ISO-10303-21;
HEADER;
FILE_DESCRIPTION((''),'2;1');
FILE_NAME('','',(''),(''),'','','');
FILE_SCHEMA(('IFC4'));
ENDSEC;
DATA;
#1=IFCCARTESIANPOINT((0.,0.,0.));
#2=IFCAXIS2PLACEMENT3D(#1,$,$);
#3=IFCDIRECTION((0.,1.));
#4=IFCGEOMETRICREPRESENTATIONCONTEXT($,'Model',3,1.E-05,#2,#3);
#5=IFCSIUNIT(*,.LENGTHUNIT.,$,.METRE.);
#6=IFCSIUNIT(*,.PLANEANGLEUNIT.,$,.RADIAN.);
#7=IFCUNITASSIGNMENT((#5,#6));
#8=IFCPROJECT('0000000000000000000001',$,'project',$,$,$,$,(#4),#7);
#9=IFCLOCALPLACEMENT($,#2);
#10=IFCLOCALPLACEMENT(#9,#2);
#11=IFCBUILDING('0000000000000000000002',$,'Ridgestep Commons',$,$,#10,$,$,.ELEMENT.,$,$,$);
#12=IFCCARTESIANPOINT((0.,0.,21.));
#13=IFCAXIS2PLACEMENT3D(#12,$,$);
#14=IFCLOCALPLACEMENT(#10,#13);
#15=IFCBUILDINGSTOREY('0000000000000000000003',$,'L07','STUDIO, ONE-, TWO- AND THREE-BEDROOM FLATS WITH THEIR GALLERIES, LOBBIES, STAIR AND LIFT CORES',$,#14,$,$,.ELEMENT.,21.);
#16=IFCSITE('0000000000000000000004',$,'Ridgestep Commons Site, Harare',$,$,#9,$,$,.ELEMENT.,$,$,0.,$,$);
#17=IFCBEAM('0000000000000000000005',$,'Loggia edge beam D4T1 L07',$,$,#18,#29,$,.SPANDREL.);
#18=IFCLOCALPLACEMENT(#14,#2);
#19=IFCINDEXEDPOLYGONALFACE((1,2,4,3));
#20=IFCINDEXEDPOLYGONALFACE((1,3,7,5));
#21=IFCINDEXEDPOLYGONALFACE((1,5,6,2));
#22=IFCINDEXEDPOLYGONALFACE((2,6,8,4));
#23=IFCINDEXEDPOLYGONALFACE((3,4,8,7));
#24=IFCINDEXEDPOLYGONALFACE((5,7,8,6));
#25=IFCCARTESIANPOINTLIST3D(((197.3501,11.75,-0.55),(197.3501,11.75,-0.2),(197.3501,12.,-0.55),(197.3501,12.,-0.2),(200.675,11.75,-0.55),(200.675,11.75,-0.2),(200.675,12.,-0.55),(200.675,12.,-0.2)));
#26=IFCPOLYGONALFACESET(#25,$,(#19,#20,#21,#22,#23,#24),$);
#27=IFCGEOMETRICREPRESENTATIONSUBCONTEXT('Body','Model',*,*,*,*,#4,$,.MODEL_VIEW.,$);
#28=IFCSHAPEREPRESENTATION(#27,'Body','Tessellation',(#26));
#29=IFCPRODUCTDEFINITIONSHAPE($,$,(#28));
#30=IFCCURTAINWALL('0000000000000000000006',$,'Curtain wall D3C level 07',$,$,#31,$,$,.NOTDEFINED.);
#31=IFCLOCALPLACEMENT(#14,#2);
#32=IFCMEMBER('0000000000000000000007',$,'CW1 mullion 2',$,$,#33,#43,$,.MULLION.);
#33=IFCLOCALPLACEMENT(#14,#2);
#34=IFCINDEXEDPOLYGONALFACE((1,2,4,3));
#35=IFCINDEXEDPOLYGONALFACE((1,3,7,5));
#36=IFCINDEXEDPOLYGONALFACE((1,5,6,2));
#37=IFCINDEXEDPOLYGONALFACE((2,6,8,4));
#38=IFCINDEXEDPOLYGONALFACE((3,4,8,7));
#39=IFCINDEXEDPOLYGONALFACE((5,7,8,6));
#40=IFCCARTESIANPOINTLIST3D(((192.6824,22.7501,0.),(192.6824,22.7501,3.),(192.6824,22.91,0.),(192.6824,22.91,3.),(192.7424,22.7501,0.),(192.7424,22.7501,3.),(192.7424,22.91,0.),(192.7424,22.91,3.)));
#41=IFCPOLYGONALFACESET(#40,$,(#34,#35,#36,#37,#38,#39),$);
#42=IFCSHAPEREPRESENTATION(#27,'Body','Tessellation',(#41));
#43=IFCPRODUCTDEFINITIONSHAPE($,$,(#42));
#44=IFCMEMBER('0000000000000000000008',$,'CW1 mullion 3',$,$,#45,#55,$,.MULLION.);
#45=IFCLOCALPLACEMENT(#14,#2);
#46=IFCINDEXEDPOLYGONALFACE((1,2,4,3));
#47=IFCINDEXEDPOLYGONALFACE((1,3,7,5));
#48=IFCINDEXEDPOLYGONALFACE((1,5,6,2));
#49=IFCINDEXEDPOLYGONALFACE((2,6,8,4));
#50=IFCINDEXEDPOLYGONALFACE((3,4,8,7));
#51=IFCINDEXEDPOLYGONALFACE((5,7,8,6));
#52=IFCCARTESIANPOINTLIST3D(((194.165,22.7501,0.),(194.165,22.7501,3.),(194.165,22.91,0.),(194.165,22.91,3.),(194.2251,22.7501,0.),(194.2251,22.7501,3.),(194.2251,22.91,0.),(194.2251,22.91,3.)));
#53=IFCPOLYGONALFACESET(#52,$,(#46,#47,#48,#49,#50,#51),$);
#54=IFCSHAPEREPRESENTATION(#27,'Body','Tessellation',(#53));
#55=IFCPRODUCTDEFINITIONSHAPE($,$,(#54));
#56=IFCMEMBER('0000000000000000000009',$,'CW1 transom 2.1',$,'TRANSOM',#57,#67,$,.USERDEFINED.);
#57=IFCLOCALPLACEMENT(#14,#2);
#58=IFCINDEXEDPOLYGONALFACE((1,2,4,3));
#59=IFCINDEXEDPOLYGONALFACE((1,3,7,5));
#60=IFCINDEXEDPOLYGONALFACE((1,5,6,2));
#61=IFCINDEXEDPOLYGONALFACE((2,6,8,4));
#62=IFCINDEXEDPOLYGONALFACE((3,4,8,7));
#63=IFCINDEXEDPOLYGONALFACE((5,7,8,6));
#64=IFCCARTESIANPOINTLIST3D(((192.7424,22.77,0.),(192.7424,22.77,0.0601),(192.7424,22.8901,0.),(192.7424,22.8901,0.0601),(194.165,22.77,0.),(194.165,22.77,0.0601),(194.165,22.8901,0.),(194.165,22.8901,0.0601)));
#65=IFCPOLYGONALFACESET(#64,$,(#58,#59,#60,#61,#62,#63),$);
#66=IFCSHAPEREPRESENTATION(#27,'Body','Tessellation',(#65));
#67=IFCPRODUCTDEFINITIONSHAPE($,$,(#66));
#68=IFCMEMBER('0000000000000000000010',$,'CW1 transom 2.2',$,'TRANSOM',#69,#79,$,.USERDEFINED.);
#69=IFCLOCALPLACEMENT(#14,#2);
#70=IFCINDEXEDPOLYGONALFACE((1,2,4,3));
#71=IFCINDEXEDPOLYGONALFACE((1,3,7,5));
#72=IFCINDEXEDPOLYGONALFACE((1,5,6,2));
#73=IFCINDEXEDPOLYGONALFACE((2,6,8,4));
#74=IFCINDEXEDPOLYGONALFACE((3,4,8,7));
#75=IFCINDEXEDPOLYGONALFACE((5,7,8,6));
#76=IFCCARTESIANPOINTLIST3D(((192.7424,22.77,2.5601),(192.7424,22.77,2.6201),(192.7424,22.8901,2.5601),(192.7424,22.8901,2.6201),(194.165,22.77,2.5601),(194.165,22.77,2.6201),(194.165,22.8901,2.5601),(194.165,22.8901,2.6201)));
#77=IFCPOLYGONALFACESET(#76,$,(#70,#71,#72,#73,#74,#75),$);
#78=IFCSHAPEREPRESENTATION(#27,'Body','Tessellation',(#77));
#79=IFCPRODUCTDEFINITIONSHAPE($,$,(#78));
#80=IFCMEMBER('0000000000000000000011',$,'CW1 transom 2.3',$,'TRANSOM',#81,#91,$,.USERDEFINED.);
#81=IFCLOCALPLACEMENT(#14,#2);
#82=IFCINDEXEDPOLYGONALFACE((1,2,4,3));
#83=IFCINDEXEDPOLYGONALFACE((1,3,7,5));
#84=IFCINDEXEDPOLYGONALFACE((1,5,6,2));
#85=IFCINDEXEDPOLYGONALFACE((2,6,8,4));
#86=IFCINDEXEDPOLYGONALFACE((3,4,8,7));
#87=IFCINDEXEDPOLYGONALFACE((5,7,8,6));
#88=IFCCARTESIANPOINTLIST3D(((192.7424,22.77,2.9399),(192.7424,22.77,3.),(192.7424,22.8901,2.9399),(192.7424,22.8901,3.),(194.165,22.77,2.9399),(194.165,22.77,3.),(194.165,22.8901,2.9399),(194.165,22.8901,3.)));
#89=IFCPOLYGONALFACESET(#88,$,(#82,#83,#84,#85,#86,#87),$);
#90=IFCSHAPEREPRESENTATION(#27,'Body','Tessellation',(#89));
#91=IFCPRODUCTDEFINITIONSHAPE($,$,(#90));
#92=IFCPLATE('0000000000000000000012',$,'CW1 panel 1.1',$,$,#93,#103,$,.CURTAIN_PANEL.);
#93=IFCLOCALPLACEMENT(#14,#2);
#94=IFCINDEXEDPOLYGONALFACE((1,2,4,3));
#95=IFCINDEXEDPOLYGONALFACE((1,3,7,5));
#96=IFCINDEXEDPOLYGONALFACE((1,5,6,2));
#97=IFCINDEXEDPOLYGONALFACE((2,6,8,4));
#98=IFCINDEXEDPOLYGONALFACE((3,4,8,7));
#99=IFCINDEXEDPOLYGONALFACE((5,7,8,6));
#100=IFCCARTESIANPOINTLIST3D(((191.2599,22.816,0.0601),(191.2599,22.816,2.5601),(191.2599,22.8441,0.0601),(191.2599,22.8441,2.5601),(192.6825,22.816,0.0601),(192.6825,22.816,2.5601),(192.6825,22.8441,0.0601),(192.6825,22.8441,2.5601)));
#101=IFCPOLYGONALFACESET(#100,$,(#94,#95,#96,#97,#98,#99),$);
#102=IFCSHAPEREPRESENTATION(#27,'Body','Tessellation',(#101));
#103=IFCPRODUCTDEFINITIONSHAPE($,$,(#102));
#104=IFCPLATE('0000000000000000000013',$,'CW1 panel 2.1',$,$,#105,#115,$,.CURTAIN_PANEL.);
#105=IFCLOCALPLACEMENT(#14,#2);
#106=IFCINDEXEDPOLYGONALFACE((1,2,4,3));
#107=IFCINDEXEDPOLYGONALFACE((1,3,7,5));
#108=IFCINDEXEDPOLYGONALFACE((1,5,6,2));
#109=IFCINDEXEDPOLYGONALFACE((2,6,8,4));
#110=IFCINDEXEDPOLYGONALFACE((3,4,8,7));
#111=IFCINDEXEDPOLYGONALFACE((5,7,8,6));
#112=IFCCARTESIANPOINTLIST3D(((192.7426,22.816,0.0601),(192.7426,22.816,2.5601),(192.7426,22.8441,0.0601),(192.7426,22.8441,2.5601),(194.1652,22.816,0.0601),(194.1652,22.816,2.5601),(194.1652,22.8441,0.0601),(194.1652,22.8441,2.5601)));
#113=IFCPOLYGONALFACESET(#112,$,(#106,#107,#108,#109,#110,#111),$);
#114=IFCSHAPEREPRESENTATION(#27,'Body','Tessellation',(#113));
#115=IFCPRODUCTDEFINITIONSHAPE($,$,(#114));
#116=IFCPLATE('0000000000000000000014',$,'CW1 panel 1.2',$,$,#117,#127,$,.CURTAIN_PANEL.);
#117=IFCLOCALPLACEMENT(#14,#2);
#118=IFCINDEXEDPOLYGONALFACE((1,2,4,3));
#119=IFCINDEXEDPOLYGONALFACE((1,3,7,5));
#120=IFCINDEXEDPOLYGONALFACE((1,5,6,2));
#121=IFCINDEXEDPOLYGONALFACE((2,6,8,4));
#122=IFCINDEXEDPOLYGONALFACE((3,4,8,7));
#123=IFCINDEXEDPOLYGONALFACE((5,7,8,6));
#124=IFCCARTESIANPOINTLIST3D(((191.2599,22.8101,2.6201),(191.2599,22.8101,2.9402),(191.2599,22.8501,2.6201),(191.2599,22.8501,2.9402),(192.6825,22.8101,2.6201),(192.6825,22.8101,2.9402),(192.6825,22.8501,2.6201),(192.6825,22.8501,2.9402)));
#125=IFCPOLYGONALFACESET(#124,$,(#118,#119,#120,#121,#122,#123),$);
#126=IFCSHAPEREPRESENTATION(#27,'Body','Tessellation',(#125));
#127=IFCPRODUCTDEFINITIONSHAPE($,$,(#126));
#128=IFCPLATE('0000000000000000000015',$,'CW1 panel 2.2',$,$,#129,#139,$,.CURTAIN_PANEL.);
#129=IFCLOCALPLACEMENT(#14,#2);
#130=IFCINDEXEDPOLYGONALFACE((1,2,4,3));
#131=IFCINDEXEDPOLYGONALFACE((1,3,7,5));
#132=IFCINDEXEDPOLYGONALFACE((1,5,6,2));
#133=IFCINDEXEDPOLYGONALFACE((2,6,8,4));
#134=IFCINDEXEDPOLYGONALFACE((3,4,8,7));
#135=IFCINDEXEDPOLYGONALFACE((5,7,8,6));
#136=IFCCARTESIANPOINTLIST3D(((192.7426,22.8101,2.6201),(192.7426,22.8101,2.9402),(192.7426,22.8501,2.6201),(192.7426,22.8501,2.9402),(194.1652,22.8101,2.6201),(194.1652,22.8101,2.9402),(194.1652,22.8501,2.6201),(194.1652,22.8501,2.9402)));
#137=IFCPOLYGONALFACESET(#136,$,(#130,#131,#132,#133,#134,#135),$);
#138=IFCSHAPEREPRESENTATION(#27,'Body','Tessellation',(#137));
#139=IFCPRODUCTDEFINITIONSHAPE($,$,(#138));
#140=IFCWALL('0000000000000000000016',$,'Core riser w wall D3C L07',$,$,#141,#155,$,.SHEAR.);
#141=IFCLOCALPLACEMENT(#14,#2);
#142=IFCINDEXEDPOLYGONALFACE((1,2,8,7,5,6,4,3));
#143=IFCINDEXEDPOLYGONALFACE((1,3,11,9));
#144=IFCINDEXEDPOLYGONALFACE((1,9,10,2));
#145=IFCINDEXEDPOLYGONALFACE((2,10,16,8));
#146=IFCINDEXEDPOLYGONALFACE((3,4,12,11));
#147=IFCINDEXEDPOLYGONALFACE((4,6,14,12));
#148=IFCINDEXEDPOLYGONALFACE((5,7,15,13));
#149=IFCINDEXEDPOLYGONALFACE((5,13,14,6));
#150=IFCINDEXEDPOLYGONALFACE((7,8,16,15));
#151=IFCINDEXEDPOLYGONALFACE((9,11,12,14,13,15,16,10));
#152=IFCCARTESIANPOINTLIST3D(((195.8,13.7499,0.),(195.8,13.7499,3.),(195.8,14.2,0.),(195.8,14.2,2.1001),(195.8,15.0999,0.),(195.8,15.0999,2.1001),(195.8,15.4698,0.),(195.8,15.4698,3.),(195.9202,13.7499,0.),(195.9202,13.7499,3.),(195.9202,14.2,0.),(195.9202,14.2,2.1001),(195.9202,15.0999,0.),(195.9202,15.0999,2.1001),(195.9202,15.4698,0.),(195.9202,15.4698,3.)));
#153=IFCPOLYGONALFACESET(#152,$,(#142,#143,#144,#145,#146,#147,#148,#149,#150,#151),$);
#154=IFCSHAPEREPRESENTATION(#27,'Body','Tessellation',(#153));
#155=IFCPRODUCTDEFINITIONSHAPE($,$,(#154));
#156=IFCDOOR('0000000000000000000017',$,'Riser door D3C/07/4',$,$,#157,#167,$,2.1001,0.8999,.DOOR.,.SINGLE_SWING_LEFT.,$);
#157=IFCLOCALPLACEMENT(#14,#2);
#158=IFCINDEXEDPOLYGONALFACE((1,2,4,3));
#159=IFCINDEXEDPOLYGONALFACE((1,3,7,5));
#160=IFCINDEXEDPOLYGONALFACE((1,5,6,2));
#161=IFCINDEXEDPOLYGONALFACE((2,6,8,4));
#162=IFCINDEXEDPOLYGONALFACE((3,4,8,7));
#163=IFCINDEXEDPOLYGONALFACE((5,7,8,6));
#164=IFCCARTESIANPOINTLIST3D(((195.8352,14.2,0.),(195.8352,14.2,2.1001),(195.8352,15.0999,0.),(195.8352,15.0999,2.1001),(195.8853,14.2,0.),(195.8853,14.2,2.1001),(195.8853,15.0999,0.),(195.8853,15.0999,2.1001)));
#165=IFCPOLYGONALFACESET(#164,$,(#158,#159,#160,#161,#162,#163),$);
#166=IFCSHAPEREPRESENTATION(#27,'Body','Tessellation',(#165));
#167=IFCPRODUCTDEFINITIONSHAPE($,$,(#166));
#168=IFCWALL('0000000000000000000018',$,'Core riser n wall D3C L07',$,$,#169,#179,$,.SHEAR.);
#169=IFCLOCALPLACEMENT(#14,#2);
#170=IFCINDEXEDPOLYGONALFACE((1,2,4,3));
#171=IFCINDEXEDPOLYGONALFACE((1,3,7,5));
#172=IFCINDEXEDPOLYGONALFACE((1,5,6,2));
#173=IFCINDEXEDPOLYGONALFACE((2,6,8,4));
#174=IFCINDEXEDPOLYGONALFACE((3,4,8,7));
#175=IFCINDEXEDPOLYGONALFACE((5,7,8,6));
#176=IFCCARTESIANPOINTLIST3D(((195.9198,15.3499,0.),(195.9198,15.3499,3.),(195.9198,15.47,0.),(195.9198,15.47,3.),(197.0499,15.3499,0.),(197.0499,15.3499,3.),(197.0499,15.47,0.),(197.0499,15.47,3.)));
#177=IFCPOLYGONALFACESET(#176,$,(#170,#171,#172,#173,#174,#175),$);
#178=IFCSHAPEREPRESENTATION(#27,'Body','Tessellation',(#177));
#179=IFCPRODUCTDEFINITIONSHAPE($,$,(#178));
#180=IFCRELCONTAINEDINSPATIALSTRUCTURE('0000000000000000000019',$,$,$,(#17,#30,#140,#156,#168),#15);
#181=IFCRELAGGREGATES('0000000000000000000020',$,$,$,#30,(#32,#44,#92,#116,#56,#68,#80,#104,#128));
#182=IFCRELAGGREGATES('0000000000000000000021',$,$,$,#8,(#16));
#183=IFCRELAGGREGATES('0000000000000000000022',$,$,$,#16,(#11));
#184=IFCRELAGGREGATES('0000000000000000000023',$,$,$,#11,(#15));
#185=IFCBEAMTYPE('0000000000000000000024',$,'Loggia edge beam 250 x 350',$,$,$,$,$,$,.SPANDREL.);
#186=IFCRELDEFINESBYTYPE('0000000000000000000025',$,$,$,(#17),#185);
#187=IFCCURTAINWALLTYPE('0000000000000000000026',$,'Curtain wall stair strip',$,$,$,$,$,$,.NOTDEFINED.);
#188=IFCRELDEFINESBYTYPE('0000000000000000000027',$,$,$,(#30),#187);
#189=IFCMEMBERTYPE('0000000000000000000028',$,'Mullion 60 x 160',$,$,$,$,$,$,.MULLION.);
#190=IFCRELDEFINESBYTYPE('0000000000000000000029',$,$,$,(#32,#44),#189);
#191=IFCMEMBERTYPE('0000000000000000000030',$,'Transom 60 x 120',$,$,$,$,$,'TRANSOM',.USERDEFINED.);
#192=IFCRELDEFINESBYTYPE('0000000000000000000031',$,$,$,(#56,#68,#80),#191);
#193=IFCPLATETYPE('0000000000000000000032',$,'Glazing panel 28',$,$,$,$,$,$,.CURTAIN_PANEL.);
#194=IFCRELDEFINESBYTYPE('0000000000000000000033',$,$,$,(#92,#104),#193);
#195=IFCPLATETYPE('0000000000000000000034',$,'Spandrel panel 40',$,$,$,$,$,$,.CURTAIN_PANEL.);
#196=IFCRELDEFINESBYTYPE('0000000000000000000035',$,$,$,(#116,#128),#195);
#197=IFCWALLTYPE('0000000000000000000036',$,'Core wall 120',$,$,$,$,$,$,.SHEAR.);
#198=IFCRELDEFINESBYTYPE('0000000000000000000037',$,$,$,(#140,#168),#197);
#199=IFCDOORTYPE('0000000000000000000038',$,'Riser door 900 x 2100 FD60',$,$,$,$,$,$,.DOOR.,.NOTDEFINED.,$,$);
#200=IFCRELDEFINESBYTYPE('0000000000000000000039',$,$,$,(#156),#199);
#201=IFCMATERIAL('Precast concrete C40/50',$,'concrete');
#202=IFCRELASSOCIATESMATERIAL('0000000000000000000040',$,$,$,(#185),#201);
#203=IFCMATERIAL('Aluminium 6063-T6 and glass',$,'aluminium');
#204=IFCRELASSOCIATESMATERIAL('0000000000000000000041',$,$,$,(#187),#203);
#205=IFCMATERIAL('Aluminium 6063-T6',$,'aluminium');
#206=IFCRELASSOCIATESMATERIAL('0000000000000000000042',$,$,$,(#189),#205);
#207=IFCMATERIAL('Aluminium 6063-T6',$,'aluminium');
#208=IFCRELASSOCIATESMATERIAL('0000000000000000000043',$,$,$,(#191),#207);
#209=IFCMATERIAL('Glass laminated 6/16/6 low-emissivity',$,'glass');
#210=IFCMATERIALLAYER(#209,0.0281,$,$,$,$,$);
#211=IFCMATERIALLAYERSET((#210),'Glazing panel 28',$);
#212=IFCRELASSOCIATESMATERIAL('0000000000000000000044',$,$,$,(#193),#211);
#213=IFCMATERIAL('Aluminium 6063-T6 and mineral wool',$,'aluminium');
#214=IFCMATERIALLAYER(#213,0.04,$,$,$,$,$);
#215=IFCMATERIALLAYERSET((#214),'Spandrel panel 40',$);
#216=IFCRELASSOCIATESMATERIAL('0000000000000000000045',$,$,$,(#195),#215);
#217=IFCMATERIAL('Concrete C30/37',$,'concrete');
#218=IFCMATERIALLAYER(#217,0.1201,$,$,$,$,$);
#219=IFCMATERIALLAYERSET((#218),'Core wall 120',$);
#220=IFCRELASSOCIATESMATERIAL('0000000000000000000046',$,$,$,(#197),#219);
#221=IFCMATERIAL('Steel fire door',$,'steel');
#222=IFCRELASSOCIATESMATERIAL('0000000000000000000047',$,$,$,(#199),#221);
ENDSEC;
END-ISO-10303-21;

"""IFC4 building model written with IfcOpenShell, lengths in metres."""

from ifc_helpers import new_model, si_unit, direction, frame, frame_2d, origin, origin_2d, place, context, subcontext, project, spatial, rectangle, extrude, material, layer, layer_set, material_profile, profile_set, type_object, element, fill, aggregate, save


model = new_model("IFC4")

# Units and contexts
model_context = context("Model", 3, precision=1e-05, world=origin(), true_north=direction((0.0, 1.0)))
body_context = subcontext(model_context, "Body", "Model", "MODEL_VIEW")
ifc_project = project(units=[si_unit("LENGTHUNIT", "METRE"), si_unit("PLANEANGLEUNIT", "RADIAN")], contexts=[model_context])

# Site, building, storey
site_placement = place(None, origin())
site = spatial("IfcSite", under=ifc_project, at=site_placement, Name="Ridgestep Commons Site, Harare", CompositionType="ELEMENT", RefElevation=0.0)
building_placement = place(site_placement, origin())
building = spatial("IfcBuilding", under=site, at=building_placement, Name="Ridgestep Commons", CompositionType="ELEMENT")
storey_placement = place(building_placement, frame((0.0, 0.0, 21.0)))
storey = spatial("IfcBuildingStorey", under=building, at=storey_placement, Name="L07", Description="STUDIO, ONE-, TWO- AND THREE-BEDROOM FLATS WITH THEIR GALLERIES, LOBBIES, STAIR AND LIFT CORES", CompositionType="ELEMENT", Elevation=21.0)

# Beam
ifc_material_1 = material(Name="Precast concrete C40/50", Category="concrete")
ifc_material_profile_1 = material_profile(ifc_material_1, rectangle(XDim=0.25, YDim=0.3501, at=origin_2d()), Name="PC 250x350")
ifc_profile_set_1 = profile_set([ifc_material_profile_1], Name="Precast concrete C40/50")
beam_type = type_object("IfcBeamType", Name="Loggia edge beam 250 x 350", PredefinedType="SPANDREL", material=ifc_profile_set_1)
beam_placement = place(storey_placement, frame((197.3501, 11.875, -0.375), z_axis=(1.0, 0.0, 0.0), x_axis=(0.0, 1.0, 0.0)))
element("IfcBeam", 1, at=beam_placement, inside=storey, type_object=beam_type, Name="Loggia edge beam D4T1 L07", PredefinedType="SPANDREL", context=body_context, shape_type="SweptSolid", body=[
    extrude(rectangle(XDim=0.25, YDim=0.3501, at=origin_2d()), origin(), (0.0, 0.0, 1.0), 3.325),
])

# Curtain wall, members, plates
ifc_material_2 = material(Name="Aluminium 6063-T6 and glass", Category="aluminium")
curtain_wall_type = type_object("IfcCurtainWallType", Name="Curtain wall stair strip", PredefinedType="NOTDEFINED", material=ifc_material_2)
curtain_wall_placement = place(storey_placement, origin())
curtain_wall = element("IfcCurtainWall", 2, at=curtain_wall_placement, inside=storey, type_object=curtain_wall_type, Name="Curtain wall D3C level 07", PredefinedType="NOTDEFINED")
ifc_material_3 = material(Name="Aluminium 6063-T6", Category="aluminium")
ifc_material_profile_2 = material_profile(ifc_material_3, rectangle(XDim=0.1599, YDim=0.0601, at=origin_2d()), Name="Mullion 60 x 160")
ifc_profile_set_2 = profile_set([ifc_material_profile_2], Name="Aluminium 6063-T6")
member_type_1 = type_object("IfcMemberType", Name="Mullion 60 x 160", PredefinedType="MULLION", material=ifc_profile_set_2)
member_1_placement = place(storey_placement, frame((192.7124, 22.8301, 0.0), z_axis=(0.0, 0.0, 1.0), x_axis=(0.0, 1.0, 0.0)))
member_1 = element("IfcMember", 3, at=member_1_placement, type_object=member_type_1, Name="CW1 mullion 2", PredefinedType="MULLION", context=body_context, shape_type="SweptSolid", body=[
    extrude(rectangle(XDim=0.1599, YDim=0.0601, at=origin_2d()), origin(), (0.0, 0.0, 1.0), 3.0),
])
member_2_placement = place(storey_placement, frame((194.1951, 22.8301, 0.0), z_axis=(0.0, 0.0, 1.0), x_axis=(0.0, 1.0, 0.0)))
member_2 = element("IfcMember", 4, at=member_2_placement, type_object=member_type_1, Name="CW1 mullion 3", PredefinedType="MULLION", context=body_context, shape_type="SweptSolid", body=[
    extrude(rectangle(XDim=0.1599, YDim=0.0601, at=origin_2d()), origin(), (0.0, 0.0, 1.0), 3.0),
])
ifc_material_4 = material(Name="Aluminium 6063-T6", Category="aluminium")
ifc_material_profile_3 = material_profile(ifc_material_4, rectangle(XDim=0.1201, YDim=0.0601, at=origin_2d()), Name="Transom 60 x 120")
ifc_profile_set_3 = profile_set([ifc_material_profile_3], Name="Aluminium 6063-T6")
member_type_2 = type_object("IfcMemberType", Name="Transom 60 x 120", ElementType="TRANSOM", PredefinedType="USERDEFINED", material=ifc_profile_set_3)
member_3_placement = place(storey_placement, frame((192.7424, 22.8301, 0.03), z_axis=(1.0, 0.0, 0.0), x_axis=(0.0, 1.0, 0.0)))
member_3 = element("IfcMember", 5, at=member_3_placement, type_object=member_type_2, Name="CW1 transom 2.1", ObjectType="TRANSOM", PredefinedType="USERDEFINED", context=body_context, shape_type="SweptSolid", body=[
    extrude(rectangle(XDim=0.1201, YDim=0.0601, at=origin_2d()), origin(), (0.0, 0.0, 1.0), 1.4226),
])
member_4_placement = place(storey_placement, frame((192.7424, 22.8301, 2.5901), z_axis=(1.0, 0.0, 0.0), x_axis=(0.0, 1.0, 0.0)))
member_4 = element("IfcMember", 6, at=member_4_placement, type_object=member_type_2, Name="CW1 transom 2.2", ObjectType="TRANSOM", PredefinedType="USERDEFINED", context=body_context, shape_type="SweptSolid", body=[
    extrude(rectangle(XDim=0.1201, YDim=0.0601, at=origin_2d()), origin(), (0.0, 0.0, 1.0), 1.4226),
])
member_5_placement = place(storey_placement, frame((192.7424, 22.8301, 2.97), z_axis=(1.0, 0.0, 0.0), x_axis=(0.0, 1.0, 0.0)))
member_5 = element("IfcMember", 7, at=member_5_placement, type_object=member_type_2, Name="CW1 transom 2.3", ObjectType="TRANSOM", PredefinedType="USERDEFINED", context=body_context, shape_type="SweptSolid", body=[
    extrude(rectangle(XDim=0.1201, YDim=0.0601, at=origin_2d()), origin(), (0.0, 0.0, 1.0), 1.4226),
])
ifc_material_5 = material(Name="Glass laminated 6/16/6 low-emissivity", Category="glass")
ifc_layer_1 = layer(ifc_material_5, 0.0281)
ifc_layer_set_1 = layer_set([ifc_layer_1], Name="Glazing panel 28")
plate_type_1 = type_object("IfcPlateType", Name="Glazing panel 28", PredefinedType="CURTAIN_PANEL", material=ifc_layer_set_1)
plate_1_placement = place(storey_placement, frame((191.9712, 22.8301, 0.0601), z_axis=(0.0, 0.0, 1.0), x_axis=(1.0, 0.0, 0.0)))
plate_1 = element("IfcPlate", 8, at=plate_1_placement, type_object=plate_type_1, Name="CW1 panel 1.1", PredefinedType="CURTAIN_PANEL", context=body_context, shape_type="SweptSolid", body=[
    extrude(rectangle(XDim=1.4226, YDim=0.0281, at=origin_2d()), origin(), (0.0, 0.0, 1.0), 2.5),
])
plate_2_placement = place(storey_placement, frame((193.4539, 22.8301, 0.0601), z_axis=(0.0, 0.0, 1.0), x_axis=(1.0, 0.0, 0.0)))
plate_2 = element("IfcPlate", 9, at=plate_2_placement, type_object=plate_type_1, Name="CW1 panel 2.1", PredefinedType="CURTAIN_PANEL", context=body_context, shape_type="SweptSolid", body=[
    extrude(rectangle(XDim=1.4226, YDim=0.0281, at=origin_2d()), origin(), (0.0, 0.0, 1.0), 2.5),
])
ifc_material_6 = material(Name="Aluminium 6063-T6 and mineral wool", Category="aluminium")
ifc_layer_2 = layer(ifc_material_6, 0.04)
ifc_layer_set_2 = layer_set([ifc_layer_2], Name="Spandrel panel 40")
plate_type_2 = type_object("IfcPlateType", Name="Spandrel panel 40", PredefinedType="CURTAIN_PANEL", material=ifc_layer_set_2)
plate_3_placement = place(storey_placement, frame((191.9712, 22.8301, 2.6201), z_axis=(0.0, 0.0, 1.0), x_axis=(1.0, 0.0, 0.0)))
plate_3 = element("IfcPlate", 10, at=plate_3_placement, type_object=plate_type_2, Name="CW1 panel 1.2", PredefinedType="CURTAIN_PANEL", context=body_context, shape_type="SweptSolid", body=[
    extrude(rectangle(XDim=1.4226, YDim=0.04, at=origin_2d()), origin(), (0.0, 0.0, 1.0), 0.3201),
])
plate_4_placement = place(storey_placement, frame((193.4539, 22.8301, 2.6201), z_axis=(0.0, 0.0, 1.0), x_axis=(1.0, 0.0, 0.0)))
plate_4 = element("IfcPlate", 11, at=plate_4_placement, type_object=plate_type_2, Name="CW1 panel 2.2", PredefinedType="CURTAIN_PANEL", context=body_context, shape_type="SweptSolid", body=[
    extrude(rectangle(XDim=1.4226, YDim=0.04, at=origin_2d()), origin(), (0.0, 0.0, 1.0), 0.3201),
])
aggregate(curtain_wall, [member_1, member_2, plate_1, plate_3, member_3, member_4, member_5, plate_2, plate_4])

# Wall, opening, door
ifc_material_7 = material(Name="Concrete C30/37", Category="concrete")
ifc_layer_3 = layer(ifc_material_7, 0.1201)
ifc_layer_set_3 = layer_set([ifc_layer_3], Name="Core wall 120")
wall_type_1 = type_object("IfcWallType", Name="Core wall 120", PredefinedType="SHEAR", material=ifc_layer_set_3)
wall_1_placement = place(storey_placement, frame((195.8601, 13.75, 0.0), z_axis=(0.0, 0.0, 1.0), x_axis=(0.0, 1.0, 0.0)))
wall_1 = element("IfcWall", 12, at=wall_1_placement, inside=storey, type_object=wall_type_1, Name="Core riser w wall D3C L07", PredefinedType="SHEAR", context=body_context, shape_type="SweptSolid", body=[
    extrude(rectangle(XDim=1.72, YDim=0.1201, at=frame_2d((0.8599, 0.0))), origin(), (0.0, 0.0, 1.0), 3.0),
])
opening_1_placement = place(wall_1_placement, frame((0.45, 0.0, 0.0)))
opening_1 = element("IfcOpeningElement", 13, at=opening_1_placement, cuts=wall_1, PredefinedType="OPENING", context=body_context, shape_type="SweptSolid", body=[
    extrude(rectangle(XDim=0.8999, YDim=2.1001, at=frame_2d((0.45, 1.05))), frame((0.0, 0.0701, 0.0), z_axis=(0.0, -1.0, 0.0), x_axis=(1.0, 0.0, 0.0)), (0.0, 0.0, 1.0), 0.1401),
])
ifc_material_8 = material(Name="Steel fire door", Category="steel")
door_type_1 = type_object("IfcDoorType", Name="Riser door 900 x 2100 FD60", OperationType="NOTDEFINED", PredefinedType="DOOR", material=ifc_material_8)
door_1_placement = place(opening_1_placement, origin())
door_1 = element("IfcDoor", 14, at=door_1_placement, inside=storey, type_object=door_type_1, Name="Riser door D3C/07/4", OperationType="SINGLE_SWING_LEFT", OverallHeight=2.1001, OverallWidth=0.8999, PredefinedType="DOOR", context=body_context, shape_type="SweptSolid", body=[
    extrude(rectangle(XDim=0.8999, YDim=2.1001, at=frame_2d((0.45, 1.05))), frame((0.0, 0.0249, 0.0), z_axis=(0.0, -1.0, 0.0), x_axis=(1.0, 0.0, 0.0)), (0.0, 0.0, 1.0), 0.05),
])
fill(opening_1, door_1)

# Wall
wall_2_placement = place(storey_placement, frame((195.9199, 15.4099, 0.0), z_axis=(0.0, 0.0, 1.0), x_axis=(1.0, 0.0, 0.0)))
element("IfcWall", 15, at=wall_2_placement, inside=storey, type_object=wall_type_1, Name="Core riser n wall D3C L07", PredefinedType="SHEAR", context=body_context, shape_type="SweptSolid", body=[
    extrude(rectangle(XDim=1.1301, YDim=0.1201, at=frame_2d((0.5649, 0.0))), origin(), (0.0, 0.0, 1.0), 3.0),
])

save(model, "model.ifc")
